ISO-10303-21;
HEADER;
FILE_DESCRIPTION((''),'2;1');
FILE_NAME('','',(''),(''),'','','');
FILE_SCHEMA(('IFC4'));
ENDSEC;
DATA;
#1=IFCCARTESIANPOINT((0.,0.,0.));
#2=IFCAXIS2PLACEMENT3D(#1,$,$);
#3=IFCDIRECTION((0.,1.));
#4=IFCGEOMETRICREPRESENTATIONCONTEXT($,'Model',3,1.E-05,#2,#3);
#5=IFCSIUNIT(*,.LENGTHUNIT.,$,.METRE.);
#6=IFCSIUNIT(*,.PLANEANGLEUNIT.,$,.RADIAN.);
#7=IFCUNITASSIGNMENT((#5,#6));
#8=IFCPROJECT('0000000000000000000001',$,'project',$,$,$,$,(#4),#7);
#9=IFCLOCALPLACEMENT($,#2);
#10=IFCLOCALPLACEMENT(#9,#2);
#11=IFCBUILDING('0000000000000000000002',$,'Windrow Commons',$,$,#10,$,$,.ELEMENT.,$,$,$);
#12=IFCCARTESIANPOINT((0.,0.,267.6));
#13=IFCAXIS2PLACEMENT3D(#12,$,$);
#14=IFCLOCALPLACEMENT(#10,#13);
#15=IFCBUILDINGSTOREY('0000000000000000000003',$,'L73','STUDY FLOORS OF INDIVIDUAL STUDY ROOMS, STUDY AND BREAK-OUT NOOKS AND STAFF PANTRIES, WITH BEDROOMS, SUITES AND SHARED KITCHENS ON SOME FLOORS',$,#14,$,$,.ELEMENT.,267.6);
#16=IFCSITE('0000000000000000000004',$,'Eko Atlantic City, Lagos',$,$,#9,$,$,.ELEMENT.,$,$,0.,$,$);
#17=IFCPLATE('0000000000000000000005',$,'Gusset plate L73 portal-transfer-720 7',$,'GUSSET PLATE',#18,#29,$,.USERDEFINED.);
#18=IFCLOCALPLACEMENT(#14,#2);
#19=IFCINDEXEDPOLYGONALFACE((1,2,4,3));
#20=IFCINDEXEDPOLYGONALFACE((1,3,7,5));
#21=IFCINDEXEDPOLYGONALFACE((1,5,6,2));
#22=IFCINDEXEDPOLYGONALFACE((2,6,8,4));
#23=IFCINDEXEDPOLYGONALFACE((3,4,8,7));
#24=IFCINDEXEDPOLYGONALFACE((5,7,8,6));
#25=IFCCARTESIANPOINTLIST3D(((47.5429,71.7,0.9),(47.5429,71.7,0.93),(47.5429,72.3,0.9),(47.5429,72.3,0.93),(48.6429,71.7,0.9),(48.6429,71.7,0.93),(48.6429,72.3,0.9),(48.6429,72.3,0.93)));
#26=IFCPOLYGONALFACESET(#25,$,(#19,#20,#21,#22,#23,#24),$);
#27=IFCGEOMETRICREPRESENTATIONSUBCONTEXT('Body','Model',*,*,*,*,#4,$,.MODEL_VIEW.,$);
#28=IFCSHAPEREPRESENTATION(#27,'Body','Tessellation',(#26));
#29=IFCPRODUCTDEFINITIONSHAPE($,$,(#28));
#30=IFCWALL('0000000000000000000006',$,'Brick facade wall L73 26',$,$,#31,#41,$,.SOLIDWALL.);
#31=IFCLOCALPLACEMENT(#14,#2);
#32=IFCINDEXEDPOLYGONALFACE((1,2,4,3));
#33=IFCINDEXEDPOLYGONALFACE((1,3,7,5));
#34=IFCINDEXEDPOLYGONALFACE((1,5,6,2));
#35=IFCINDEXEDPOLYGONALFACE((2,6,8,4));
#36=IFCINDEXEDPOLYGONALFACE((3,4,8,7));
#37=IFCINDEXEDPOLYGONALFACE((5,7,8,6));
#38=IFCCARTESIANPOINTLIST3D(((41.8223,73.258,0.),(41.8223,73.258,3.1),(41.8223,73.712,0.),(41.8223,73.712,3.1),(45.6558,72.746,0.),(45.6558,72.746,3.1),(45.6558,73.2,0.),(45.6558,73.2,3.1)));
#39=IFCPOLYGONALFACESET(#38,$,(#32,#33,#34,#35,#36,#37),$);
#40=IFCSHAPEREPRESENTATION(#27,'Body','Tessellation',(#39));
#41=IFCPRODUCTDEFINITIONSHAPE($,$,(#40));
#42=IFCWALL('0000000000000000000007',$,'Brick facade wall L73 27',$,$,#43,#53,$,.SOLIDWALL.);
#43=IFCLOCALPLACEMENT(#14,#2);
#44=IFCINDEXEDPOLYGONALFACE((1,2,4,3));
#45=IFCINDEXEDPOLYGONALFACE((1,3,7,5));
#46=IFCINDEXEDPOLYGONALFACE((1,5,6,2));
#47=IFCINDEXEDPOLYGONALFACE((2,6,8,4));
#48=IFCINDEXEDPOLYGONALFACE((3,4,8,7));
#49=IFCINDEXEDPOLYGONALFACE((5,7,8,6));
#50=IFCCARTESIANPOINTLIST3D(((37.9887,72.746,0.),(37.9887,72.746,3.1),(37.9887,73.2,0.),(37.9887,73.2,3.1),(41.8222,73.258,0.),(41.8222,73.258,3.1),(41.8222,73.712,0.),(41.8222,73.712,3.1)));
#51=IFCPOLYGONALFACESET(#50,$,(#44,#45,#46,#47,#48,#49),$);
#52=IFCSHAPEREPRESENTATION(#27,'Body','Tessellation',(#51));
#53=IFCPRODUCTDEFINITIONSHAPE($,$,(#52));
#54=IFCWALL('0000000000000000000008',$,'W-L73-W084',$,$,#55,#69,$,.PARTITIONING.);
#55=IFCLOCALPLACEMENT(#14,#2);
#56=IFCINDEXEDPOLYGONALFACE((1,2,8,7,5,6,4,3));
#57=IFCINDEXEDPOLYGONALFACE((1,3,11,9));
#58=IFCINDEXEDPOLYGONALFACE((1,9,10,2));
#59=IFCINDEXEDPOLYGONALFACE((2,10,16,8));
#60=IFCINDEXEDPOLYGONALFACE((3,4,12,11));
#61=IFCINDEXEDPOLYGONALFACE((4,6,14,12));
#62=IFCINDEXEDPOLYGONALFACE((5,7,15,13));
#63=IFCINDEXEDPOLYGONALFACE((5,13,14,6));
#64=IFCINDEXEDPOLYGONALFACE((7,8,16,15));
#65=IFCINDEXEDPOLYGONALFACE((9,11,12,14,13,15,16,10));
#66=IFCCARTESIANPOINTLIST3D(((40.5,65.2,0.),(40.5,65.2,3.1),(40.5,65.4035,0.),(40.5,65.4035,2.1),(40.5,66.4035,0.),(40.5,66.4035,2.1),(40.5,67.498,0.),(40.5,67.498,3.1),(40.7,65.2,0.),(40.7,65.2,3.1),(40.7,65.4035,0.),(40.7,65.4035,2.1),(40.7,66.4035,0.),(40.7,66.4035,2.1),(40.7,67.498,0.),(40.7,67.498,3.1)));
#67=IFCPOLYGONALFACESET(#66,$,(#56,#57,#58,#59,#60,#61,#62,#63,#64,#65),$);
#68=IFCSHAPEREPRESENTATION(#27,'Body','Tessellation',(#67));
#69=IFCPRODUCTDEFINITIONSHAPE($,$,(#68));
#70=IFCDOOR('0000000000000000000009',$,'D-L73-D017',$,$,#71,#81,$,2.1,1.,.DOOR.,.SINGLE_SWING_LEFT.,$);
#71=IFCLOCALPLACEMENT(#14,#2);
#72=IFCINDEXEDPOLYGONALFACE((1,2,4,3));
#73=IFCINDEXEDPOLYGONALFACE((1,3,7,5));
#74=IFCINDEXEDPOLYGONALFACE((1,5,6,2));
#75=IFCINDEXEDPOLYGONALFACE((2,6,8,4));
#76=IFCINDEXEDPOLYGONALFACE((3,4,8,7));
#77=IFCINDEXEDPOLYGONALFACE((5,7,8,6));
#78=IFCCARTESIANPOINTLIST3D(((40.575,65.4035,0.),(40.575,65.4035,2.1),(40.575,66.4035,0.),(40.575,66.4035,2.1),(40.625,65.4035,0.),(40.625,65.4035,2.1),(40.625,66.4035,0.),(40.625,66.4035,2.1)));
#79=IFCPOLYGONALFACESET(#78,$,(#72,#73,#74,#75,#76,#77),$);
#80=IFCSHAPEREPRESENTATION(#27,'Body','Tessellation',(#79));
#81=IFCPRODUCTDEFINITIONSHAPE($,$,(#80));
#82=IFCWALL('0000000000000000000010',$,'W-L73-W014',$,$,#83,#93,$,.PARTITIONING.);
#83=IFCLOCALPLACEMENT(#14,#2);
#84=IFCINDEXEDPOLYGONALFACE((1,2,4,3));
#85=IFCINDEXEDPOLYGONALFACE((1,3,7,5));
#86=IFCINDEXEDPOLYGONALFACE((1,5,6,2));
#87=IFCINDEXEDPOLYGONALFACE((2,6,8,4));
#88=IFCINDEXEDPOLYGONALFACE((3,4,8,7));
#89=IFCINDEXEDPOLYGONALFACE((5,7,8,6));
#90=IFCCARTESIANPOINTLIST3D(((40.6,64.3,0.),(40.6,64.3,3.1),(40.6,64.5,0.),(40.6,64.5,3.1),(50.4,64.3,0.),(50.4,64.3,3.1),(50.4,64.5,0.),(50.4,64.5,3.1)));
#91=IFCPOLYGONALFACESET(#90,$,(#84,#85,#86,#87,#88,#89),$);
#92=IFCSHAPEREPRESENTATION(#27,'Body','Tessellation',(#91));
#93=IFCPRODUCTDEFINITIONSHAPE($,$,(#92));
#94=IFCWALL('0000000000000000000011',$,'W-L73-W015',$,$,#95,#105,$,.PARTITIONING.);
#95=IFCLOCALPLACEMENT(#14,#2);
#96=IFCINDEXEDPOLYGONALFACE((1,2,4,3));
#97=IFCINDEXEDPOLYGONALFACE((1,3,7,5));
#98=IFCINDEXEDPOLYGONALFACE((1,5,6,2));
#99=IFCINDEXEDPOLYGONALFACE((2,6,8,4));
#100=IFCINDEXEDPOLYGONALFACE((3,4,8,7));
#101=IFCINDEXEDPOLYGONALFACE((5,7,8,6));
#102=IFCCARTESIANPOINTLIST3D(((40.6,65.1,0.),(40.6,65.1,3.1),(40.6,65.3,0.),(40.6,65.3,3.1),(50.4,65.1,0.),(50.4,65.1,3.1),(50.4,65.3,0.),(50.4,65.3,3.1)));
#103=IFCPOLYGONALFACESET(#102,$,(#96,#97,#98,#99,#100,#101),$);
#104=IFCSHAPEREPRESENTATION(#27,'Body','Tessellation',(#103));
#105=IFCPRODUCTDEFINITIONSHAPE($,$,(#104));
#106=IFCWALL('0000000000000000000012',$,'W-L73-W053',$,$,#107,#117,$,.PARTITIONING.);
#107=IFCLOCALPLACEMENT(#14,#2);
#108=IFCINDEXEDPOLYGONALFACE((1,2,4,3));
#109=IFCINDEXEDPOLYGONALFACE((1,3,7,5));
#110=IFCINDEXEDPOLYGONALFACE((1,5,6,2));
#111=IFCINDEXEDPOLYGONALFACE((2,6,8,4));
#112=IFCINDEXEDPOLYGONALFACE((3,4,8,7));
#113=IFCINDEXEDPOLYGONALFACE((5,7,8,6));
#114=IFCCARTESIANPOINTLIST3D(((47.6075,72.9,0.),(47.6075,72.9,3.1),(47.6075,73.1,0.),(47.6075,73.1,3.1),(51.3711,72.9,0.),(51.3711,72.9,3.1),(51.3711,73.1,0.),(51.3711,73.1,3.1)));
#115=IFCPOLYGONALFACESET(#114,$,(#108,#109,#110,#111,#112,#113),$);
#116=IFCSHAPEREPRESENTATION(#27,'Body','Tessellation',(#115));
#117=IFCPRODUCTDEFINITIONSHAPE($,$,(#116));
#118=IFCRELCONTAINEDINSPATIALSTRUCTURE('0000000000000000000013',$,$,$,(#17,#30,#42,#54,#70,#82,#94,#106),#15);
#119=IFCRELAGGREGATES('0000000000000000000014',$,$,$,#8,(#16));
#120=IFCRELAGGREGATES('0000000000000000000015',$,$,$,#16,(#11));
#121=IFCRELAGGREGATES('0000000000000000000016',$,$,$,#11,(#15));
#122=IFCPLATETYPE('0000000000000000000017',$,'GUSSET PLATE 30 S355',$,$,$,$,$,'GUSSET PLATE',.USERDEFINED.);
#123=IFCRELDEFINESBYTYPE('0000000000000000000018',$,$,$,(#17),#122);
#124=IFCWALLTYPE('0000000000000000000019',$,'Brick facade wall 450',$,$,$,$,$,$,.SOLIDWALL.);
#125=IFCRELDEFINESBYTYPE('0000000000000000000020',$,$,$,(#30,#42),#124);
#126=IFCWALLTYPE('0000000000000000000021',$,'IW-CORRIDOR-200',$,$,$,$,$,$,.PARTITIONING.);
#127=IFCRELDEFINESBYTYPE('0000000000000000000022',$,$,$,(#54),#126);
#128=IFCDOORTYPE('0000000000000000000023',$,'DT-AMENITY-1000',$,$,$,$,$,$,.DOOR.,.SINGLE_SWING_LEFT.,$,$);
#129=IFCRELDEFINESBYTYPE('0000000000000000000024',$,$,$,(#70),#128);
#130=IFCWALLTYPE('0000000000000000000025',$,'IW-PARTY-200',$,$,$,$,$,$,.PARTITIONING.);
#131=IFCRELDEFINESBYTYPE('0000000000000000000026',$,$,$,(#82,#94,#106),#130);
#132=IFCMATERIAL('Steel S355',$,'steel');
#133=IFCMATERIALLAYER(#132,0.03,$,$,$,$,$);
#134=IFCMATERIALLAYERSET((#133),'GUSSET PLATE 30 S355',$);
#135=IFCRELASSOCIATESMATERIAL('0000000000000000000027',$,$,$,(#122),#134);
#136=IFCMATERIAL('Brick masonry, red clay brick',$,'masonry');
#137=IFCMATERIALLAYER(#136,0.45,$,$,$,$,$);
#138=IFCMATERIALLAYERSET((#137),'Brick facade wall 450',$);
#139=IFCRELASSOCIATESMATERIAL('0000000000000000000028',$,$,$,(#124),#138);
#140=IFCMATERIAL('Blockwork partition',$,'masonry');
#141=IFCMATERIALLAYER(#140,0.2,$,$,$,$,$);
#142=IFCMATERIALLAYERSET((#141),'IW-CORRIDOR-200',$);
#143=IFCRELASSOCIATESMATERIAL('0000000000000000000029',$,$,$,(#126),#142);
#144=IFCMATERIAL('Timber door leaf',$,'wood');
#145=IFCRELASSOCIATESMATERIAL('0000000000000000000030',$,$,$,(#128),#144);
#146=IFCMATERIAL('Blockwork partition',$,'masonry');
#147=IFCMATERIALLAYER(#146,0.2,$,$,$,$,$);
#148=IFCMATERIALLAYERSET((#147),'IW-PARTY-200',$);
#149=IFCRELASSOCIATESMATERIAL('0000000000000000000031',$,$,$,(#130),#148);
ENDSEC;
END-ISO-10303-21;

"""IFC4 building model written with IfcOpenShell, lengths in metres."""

from ifc_helpers import new_model, si_unit, direction, frame, frame_2d, origin, origin_2d, place, context, subcontext, project, spatial, polyline, rectangle, outline, extrude, material, layer, layer_set, type_object, element, fill, save


model = new_model("IFC4")

# Units and contexts
model_context = context("Model", 3, precision=1e-05, world=origin(), true_north=direction((0.0, 1.0)))
body_context = subcontext(model_context, "Body", "Model", "MODEL_VIEW")
ifc_project = project(units=[si_unit("LENGTHUNIT", "METRE"), si_unit("PLANEANGLEUNIT", "RADIAN")], contexts=[model_context])

# Site, building, storey
site_placement = place(None, origin())
site = spatial("IfcSite", under=ifc_project, at=site_placement, Name="Eko Atlantic City, Lagos", CompositionType="ELEMENT", RefElevation=0.0)
building_placement = place(site_placement, origin())
building = spatial("IfcBuilding", under=site, at=building_placement, Name="Windrow Commons", CompositionType="ELEMENT")
storey_placement = place(building_placement, frame((0.0, 0.0, 267.6)))
storey = spatial("IfcBuildingStorey", under=building, at=storey_placement, Name="L73", Description="STUDY FLOORS OF INDIVIDUAL STUDY ROOMS, STUDY AND BREAK-OUT NOOKS AND STAFF PANTRIES, WITH BEDROOMS, SUITES AND SHARED KITCHENS ON SOME FLOORS", CompositionType="ELEMENT", Elevation=267.6)

# Plate
ifc_material_1 = material(Name="Steel S355", Category="steel")
ifc_layer_1 = layer(ifc_material_1, 0.03)
ifc_layer_set_1 = layer_set([ifc_layer_1], Name="GUSSET PLATE 30 S355")
plate_type = type_object("IfcPlateType", Name="GUSSET PLATE 30 S355", ElementType="GUSSET PLATE", PredefinedType="USERDEFINED", material=ifc_layer_set_1)
for number, where, z_axis, x_axis, name in (
    (1, (48.0929, 72.0, 0.9), (0.0, 0.0, 1.0), (1.0, 0.0, 0.0), "Gusset plate L73 portal-transfer-720 7"),
):
    element("IfcPlate", number, at=place(storey_placement, frame(where, z_axis=z_axis, x_axis=x_axis)), inside=storey, type_object=plate_type, Name=name, ObjectType="GUSSET PLATE", PredefinedType="USERDEFINED", context=body_context, shape_type="SweptSolid", body=[
        extrude(rectangle(XDim=1.1, YDim=0.6, at=origin_2d()), origin(), (0.0, 0.0, 1.0), 0.03),
    ])

# Walls
ifc_material_2 = material(Name="Brick masonry, red clay brick", Category="masonry")
ifc_layer_2 = layer(ifc_material_2, 0.45)
ifc_layer_set_2 = layer_set([ifc_layer_2], Name="Brick facade wall 450")
wall_type_1 = type_object("IfcWallType", Name="Brick facade wall 450", PredefinedType="SOLIDWALL", material=ifc_layer_set_2)
wall_1_placement = place(storey_placement, frame((45.6558, 72.973, 0.0), z_axis=(0.0, 0.0, 1.0), x_axis=(-0.991199, 0.13238, 0.0)))
element("IfcWall", 2, at=wall_1_placement, inside=storey, type_object=wall_type_1, Name="Brick facade wall L73 26", PredefinedType="SOLIDWALL", context=body_context, shape_type="SweptSolid", body=[
    extrude(outline(polyline([(0.0301, -0.225), (3.8976, -0.225), (3.8375, 0.225), (-0.0301, 0.225), (0.0301, -0.225)])), origin(), (0.0, 0.0, 1.0), 3.1),
])
wall_2_placement = place(storey_placement, frame((41.8222, 73.485, 0.0), z_axis=(0.0, 0.0, 1.0), x_axis=(-0.991199, -0.132384, 0.0)))
element("IfcWall", 3, at=wall_2_placement, inside=storey, type_object=wall_type_1, Name="Brick facade wall L73 27", PredefinedType="SOLIDWALL", context=body_context, shape_type="SweptSolid", body=[
    extrude(outline(polyline([(-0.0301, -0.225), (3.8375, -0.225), (3.8976, 0.225), (0.0301, 0.225), (-0.0301, -0.225)])), origin(), (0.0, 0.0, 1.0), 3.1),
])

# Wall, opening, door
ifc_material_3 = material(Name="Blockwork partition", Category="masonry")
ifc_layer_3 = layer(ifc_material_3, 0.2)
ifc_layer_set_3 = layer_set([ifc_layer_3], Name="IW-CORRIDOR-200")
wall_type_2 = type_object("IfcWallType", Name="IW-CORRIDOR-200", PredefinedType="PARTITIONING", material=ifc_layer_set_3)
wall_3_placement = place(storey_placement, frame((40.6, 65.2, 0.0), z_axis=(0.0, 0.0, 1.0), x_axis=(0.0, 1.0, 0.0)))
wall_3 = element("IfcWall", 4, at=wall_3_placement, inside=storey, type_object=wall_type_2, Name="W-L73-W084", PredefinedType="PARTITIONING", context=body_context, shape_type="SweptSolid", body=[
    extrude(rectangle(XDim=2.298, YDim=0.2, at=frame_2d((1.149, 0.0))), origin(), (0.0, 0.0, 1.0), 3.1),
])
opening_placement = place(wall_3_placement, frame((0.2035, 0.0, 0.0)))
opening = element("IfcOpeningElement", 5, at=opening_placement, cuts=wall_3, PredefinedType="OPENING", context=body_context, shape_type="SweptSolid", body=[
    extrude(rectangle(XDim=1.0, YDim=2.1, at=frame_2d((0.5, 1.05))), frame((0.0, 0.11, 0.0), z_axis=(0.0, -1.0, 0.0), x_axis=(1.0, 0.0, 0.0)), (0.0, 0.0, 1.0), 0.22),
])
ifc_material_4 = material(Name="Timber door leaf", Category="wood")
door_type = type_object("IfcDoorType", Name="DT-AMENITY-1000", OperationType="SINGLE_SWING_LEFT", PredefinedType="DOOR", material=ifc_material_4)
door_placement = place(opening_placement, origin())
door = element("IfcDoor", 6, at=door_placement, inside=storey, type_object=door_type, Name="D-L73-D017", OperationType="SINGLE_SWING_LEFT", OverallHeight=2.1, OverallWidth=1.0, PredefinedType="DOOR", context=body_context, shape_type="SweptSolid", body=[
    extrude(rectangle(XDim=1.0, YDim=2.1, at=frame_2d((0.5, 1.05))), frame((0.0, 0.025, 0.0), z_axis=(0.0, -1.0, 0.0), x_axis=(1.0, 0.0, 0.0)), (0.0, 0.0, 1.0), 0.05),
])
fill(opening, door)

# Walls
ifc_material_5 = material(Name="Blockwork partition", Category="masonry")
ifc_layer_4 = layer(ifc_material_5, 0.2)
ifc_layer_set_4 = layer_set([ifc_layer_4], Name="IW-PARTY-200")
wall_type_3 = type_object("IfcWallType", Name="IW-PARTY-200", PredefinedType="PARTITIONING", material=ifc_layer_set_4)
for number, where, z_axis, x_axis, name in (
    (7, (40.6, 64.4, 0.0), (0.0, 0.0, 1.0), (1.0, 0.0, 0.0), "W-L73-W014"),
    (8, (40.6, 65.2, 0.0), (0.0, 0.0, 1.0), (1.0, 0.0, 0.0), "W-L73-W015"),
):
    element("IfcWall", number, at=place(storey_placement, frame(where, z_axis=z_axis, x_axis=x_axis)), inside=storey, type_object=wall_type_3, Name=name, PredefinedType="PARTITIONING", context=body_context, shape_type="SweptSolid", body=[
        extrude(rectangle(XDim=9.8, YDim=0.2, at=frame_2d((4.9, 0.0))), origin(), (0.0, 0.0, 1.0), 3.1),
    ])
wall_4_placement = place(storey_placement, frame((47.6075, 73.0, 0.0), z_axis=(0.0, 0.0, 1.0), x_axis=(1.0, 0.0, 0.0)))
element("IfcWall", 9, at=wall_4_placement, inside=storey, type_object=wall_type_3, Name="W-L73-W053", PredefinedType="PARTITIONING", context=body_context, shape_type="SweptSolid", body=[
    extrude(rectangle(XDim=3.7636, YDim=0.2, at=frame_2d((1.8818, 0.0))), origin(), (0.0, 0.0, 1.0), 3.1),
])

save(model, "model.ifc")
